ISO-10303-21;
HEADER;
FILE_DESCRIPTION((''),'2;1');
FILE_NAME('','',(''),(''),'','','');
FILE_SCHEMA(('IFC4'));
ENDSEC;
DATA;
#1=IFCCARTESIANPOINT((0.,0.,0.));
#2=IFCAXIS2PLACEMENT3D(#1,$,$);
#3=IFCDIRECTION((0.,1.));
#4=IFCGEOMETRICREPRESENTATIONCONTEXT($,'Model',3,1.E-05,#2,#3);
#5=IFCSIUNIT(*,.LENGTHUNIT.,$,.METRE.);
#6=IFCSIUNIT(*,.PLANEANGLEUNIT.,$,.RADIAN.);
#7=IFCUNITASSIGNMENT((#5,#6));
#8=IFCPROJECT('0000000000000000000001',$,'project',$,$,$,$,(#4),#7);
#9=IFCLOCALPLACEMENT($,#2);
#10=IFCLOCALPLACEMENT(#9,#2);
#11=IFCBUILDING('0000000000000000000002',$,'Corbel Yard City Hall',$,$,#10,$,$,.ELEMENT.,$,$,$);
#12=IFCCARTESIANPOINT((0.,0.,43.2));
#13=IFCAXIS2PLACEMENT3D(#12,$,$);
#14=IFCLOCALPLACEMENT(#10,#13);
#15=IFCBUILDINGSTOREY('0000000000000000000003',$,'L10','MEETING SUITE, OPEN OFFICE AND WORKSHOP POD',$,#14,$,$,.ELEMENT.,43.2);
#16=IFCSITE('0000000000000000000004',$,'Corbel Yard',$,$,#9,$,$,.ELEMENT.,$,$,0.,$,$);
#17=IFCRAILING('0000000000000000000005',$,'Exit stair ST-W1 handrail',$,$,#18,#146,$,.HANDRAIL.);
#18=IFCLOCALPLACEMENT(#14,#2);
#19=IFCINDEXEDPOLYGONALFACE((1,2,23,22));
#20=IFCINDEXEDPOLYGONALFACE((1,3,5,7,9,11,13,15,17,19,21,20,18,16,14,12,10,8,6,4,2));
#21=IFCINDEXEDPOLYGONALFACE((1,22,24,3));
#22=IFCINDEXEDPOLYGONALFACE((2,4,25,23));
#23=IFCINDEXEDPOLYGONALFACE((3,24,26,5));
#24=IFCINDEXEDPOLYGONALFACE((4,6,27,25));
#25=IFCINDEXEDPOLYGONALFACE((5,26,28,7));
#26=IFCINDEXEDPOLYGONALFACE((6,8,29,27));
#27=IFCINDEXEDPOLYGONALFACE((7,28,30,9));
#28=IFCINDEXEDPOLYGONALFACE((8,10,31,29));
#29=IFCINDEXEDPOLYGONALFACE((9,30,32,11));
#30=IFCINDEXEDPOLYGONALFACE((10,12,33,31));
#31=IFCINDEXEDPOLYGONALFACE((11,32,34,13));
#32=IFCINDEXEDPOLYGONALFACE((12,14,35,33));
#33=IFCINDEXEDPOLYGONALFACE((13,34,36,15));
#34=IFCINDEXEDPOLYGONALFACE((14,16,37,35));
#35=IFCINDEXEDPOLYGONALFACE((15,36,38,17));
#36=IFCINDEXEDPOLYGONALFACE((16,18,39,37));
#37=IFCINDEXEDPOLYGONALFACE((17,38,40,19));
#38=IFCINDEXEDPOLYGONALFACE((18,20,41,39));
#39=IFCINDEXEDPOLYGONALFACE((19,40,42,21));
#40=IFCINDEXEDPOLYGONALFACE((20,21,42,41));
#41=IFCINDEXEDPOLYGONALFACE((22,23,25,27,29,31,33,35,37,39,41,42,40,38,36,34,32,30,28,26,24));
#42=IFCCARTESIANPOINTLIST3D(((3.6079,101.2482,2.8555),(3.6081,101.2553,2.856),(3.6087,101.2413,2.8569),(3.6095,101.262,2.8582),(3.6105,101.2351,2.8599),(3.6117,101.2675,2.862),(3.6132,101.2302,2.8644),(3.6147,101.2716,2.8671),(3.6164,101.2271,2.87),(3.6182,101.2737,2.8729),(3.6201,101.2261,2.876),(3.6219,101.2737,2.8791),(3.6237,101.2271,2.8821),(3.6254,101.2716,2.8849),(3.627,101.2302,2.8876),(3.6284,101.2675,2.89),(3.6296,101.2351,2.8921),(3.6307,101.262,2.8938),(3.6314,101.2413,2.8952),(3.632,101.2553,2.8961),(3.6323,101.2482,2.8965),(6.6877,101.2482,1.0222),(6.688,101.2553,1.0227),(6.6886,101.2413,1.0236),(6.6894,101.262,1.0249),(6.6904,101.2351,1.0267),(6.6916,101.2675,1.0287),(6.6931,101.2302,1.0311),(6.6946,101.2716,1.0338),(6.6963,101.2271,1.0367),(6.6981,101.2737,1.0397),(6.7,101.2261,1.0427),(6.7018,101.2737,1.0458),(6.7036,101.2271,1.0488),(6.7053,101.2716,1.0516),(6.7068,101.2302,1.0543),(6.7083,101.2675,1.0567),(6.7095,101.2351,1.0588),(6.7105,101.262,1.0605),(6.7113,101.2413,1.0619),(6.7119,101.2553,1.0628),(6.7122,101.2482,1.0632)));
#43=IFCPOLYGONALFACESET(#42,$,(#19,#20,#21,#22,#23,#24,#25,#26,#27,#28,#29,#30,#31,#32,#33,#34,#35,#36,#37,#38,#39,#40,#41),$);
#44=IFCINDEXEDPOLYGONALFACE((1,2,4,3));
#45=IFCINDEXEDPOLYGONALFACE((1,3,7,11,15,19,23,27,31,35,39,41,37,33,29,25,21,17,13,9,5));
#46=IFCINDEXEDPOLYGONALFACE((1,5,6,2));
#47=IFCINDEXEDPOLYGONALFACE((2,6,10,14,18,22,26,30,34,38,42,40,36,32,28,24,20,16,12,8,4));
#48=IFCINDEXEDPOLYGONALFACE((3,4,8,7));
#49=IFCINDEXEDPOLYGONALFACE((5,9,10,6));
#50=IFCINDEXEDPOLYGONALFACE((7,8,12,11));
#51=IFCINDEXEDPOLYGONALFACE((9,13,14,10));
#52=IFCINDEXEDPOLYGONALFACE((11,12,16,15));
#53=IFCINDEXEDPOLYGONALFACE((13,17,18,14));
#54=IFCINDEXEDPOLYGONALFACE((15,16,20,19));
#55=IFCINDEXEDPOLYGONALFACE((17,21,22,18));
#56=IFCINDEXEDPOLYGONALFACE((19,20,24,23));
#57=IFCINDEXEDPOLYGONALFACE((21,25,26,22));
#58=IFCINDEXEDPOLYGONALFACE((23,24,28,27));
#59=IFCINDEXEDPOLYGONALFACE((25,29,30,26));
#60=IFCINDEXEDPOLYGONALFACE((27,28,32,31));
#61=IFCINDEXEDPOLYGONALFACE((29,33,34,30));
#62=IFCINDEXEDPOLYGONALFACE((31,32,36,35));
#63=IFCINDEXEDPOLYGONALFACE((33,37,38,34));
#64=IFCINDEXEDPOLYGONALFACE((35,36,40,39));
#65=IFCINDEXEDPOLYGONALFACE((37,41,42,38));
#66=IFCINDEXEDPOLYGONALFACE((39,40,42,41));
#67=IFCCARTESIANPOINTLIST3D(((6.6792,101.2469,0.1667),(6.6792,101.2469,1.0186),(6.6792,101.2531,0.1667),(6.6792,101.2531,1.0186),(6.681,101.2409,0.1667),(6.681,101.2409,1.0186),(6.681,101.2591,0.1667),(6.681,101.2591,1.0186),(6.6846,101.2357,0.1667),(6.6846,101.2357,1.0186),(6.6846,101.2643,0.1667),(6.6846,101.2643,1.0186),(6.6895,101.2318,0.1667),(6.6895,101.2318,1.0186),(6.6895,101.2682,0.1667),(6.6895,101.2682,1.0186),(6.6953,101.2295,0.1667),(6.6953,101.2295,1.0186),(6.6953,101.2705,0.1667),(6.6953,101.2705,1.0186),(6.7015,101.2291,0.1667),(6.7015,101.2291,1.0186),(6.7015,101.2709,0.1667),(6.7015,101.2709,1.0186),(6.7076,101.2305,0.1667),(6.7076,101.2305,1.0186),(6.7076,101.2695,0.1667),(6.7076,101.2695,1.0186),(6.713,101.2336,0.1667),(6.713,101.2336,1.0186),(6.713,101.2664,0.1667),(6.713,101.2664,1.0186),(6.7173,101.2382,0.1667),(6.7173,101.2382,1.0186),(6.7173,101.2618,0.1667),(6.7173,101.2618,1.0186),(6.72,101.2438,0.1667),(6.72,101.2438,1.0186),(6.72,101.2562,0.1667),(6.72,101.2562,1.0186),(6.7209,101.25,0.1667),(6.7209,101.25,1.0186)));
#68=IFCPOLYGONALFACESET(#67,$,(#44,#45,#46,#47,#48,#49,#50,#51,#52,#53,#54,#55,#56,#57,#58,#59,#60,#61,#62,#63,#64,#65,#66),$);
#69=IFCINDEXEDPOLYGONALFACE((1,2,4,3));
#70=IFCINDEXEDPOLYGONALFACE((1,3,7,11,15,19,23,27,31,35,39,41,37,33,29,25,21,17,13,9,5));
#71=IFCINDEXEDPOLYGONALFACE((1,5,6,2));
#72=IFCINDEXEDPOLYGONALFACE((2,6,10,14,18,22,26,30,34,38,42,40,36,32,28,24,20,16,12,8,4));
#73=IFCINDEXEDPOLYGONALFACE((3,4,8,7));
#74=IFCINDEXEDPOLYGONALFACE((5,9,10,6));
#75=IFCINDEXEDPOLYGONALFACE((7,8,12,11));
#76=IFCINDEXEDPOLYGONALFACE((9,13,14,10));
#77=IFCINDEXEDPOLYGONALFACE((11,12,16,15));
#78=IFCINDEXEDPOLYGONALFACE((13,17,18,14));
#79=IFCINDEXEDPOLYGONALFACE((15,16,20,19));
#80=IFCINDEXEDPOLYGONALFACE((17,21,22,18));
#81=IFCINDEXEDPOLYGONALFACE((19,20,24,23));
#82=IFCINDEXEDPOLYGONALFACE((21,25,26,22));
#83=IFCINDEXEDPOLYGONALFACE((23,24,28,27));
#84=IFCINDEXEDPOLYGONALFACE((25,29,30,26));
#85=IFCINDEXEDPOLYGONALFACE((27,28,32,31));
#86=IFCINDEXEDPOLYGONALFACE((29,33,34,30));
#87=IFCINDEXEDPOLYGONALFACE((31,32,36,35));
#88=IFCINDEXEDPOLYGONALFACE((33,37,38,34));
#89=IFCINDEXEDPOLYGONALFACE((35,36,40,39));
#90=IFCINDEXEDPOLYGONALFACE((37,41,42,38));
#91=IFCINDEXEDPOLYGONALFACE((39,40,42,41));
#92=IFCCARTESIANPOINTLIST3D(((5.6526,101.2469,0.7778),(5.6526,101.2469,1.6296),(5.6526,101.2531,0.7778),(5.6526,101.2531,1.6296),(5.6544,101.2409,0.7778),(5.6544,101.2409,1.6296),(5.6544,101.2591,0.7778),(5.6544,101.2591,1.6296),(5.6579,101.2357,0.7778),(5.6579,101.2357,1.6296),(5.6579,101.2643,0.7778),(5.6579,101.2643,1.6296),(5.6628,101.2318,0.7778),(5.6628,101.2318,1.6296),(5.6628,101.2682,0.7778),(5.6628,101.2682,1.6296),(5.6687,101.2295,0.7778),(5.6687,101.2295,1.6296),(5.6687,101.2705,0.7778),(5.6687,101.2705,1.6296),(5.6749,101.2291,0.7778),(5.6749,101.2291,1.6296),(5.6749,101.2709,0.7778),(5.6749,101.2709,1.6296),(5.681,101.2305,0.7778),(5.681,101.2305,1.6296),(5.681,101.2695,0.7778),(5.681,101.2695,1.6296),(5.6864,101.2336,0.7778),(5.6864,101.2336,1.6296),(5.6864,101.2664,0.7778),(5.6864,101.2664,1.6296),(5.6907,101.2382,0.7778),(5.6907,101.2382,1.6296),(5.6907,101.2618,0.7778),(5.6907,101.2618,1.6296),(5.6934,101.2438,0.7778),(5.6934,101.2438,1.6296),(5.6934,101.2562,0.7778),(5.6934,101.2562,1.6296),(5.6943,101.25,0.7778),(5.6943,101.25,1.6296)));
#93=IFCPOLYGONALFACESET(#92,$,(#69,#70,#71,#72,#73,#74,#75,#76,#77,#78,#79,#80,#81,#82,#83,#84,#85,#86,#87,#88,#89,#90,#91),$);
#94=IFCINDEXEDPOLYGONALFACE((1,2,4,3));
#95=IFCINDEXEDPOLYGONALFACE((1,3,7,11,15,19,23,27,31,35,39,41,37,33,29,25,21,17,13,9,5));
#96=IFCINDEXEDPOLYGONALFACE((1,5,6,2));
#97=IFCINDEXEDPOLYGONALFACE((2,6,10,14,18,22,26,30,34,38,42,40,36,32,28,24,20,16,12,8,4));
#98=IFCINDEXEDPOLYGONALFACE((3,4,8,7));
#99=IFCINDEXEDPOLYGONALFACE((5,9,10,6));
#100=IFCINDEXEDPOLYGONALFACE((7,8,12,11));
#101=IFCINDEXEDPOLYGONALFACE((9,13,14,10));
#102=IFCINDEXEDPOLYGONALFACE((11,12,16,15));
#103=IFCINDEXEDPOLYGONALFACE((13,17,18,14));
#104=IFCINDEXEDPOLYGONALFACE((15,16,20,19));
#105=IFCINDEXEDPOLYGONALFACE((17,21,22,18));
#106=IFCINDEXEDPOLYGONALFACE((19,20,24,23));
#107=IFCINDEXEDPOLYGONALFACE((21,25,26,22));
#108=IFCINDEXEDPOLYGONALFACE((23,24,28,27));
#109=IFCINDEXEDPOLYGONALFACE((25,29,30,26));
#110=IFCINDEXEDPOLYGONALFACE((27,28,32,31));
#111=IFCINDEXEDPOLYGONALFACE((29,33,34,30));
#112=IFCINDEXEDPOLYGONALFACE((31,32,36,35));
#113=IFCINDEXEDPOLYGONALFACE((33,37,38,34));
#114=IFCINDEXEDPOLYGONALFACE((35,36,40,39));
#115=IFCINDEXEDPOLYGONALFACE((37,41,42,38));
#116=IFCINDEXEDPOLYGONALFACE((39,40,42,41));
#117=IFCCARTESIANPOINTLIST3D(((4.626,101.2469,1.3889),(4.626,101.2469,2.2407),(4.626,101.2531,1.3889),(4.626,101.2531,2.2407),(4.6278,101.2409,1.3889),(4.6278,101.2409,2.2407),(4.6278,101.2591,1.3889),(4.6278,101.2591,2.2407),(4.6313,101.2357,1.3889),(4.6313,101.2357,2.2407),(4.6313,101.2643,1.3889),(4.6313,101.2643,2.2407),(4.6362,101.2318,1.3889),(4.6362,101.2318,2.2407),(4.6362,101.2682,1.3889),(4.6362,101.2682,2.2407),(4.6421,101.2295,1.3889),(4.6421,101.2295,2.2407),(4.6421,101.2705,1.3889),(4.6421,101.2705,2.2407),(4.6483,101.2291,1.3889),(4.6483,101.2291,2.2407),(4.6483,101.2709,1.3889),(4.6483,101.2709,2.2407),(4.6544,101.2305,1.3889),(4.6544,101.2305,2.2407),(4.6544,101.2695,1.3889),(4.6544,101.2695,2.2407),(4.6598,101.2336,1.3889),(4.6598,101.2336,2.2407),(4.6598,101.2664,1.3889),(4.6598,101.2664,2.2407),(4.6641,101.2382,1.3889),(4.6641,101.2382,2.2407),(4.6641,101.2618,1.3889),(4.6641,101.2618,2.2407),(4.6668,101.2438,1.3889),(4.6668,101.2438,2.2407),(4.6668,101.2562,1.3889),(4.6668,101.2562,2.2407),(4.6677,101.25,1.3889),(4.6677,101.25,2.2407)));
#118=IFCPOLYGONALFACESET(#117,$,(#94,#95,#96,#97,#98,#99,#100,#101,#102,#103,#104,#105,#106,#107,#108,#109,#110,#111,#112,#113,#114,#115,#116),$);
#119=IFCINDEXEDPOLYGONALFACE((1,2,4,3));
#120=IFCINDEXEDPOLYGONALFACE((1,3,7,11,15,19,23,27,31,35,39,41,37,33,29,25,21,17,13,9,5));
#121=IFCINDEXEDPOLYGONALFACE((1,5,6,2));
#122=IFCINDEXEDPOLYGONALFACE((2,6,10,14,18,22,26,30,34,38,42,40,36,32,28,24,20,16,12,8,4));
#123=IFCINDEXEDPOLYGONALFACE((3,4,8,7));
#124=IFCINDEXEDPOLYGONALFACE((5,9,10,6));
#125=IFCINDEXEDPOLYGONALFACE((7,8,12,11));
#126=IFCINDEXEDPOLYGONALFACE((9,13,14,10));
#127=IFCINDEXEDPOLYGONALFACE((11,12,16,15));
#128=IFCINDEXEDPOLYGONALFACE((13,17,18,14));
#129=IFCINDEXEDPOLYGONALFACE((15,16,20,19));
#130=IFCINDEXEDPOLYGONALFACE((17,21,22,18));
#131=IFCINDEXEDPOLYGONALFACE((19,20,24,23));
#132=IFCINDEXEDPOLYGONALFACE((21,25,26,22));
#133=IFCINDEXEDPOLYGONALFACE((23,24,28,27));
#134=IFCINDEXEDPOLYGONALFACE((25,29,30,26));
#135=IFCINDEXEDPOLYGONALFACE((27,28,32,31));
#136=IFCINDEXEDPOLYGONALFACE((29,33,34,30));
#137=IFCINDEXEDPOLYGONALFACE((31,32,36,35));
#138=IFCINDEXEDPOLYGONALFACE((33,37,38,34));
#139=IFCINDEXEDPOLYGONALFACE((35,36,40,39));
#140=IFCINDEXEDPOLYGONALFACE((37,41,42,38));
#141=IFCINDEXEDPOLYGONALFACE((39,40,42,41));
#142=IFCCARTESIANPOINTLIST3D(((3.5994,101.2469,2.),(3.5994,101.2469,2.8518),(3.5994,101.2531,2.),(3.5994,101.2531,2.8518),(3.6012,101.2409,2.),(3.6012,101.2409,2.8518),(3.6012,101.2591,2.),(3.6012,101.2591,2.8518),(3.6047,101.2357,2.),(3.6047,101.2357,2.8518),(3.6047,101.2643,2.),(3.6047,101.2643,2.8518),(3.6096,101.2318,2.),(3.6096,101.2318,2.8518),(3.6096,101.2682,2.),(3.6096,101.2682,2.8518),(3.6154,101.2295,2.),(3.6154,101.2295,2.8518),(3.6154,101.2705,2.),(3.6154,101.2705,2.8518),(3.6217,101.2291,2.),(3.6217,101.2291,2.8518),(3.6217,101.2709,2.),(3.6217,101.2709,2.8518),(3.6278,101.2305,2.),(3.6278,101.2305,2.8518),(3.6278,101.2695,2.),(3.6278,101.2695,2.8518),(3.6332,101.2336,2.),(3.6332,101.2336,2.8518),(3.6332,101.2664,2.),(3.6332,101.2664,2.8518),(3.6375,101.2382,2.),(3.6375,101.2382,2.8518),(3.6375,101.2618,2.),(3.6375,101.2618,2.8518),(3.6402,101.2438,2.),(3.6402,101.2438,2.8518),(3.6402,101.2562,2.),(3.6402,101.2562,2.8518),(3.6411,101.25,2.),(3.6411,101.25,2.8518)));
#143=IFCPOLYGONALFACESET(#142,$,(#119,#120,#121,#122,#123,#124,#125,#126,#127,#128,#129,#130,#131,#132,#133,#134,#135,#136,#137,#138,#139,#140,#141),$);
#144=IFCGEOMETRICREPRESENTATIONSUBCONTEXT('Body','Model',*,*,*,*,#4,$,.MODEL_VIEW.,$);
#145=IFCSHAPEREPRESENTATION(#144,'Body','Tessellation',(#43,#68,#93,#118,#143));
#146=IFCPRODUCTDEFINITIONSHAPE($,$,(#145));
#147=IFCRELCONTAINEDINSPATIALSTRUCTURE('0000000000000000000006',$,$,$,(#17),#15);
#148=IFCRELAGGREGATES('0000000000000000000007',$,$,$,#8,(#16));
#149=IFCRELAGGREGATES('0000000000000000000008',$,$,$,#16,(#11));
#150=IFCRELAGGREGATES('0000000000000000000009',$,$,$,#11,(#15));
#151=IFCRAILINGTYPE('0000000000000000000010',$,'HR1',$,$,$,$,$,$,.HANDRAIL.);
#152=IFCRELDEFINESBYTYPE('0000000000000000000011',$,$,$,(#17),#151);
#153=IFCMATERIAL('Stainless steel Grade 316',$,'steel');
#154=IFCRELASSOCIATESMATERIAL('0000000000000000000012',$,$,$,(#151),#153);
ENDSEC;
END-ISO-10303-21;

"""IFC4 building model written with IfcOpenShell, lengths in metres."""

from ifc_helpers import new_model, si_unit, direction, frame, origin, origin_2d, place, context, subcontext, project, spatial, circle, extrude, material, type_object, element, save


model = new_model("IFC4")

# Units and contexts
model_context = context("Model", 3, precision=1e-05, world=origin(), true_north=direction((0.0, 1.0)))
body_context = subcontext(model_context, "Body", "Model", "MODEL_VIEW")
ifc_project = project(units=[si_unit("LENGTHUNIT", "METRE"), si_unit("PLANEANGLEUNIT", "RADIAN")], contexts=[model_context])

# Site, building, storey
site_placement = place(None, origin())
site = spatial("IfcSite", under=ifc_project, at=site_placement, Name="Corbel Yard", CompositionType="ELEMENT", RefElevation=0.0)
building_placement = place(site_placement, origin())
building = spatial("IfcBuilding", under=site, at=building_placement, Name="Corbel Yard City Hall", CompositionType="ELEMENT")
storey_placement = place(building_placement, frame((0.0, 0.0, 43.2)))
storey = spatial("IfcBuildingStorey", under=building, at=storey_placement, Name="L10", Description="MEETING SUITE, OPEN OFFICE AND WORKSHOP POD", CompositionType="ELEMENT", Elevation=43.2)

# Railing
ifc_material_1 = material(Name="Stainless steel Grade 316", Category="steel")
railing_type = type_object("IfcRailingType", Name="HR1", PredefinedType="HANDRAIL", material=ifc_material_1)
for number, where, name in (
    (1, (6.7, 101.25, 0.1667), "Exit stair ST-W1 handrail"),
):
    element("IfcRailing", number, at=place(storey_placement, frame(where)), inside=storey, type_object=railing_type, Name=name, PredefinedType="HANDRAIL", context=body_context, shape_type="SweptSolid", body=[
        extrude(circle(Radius=0.0239, at=origin_2d()), frame((0.0, 0.0, 0.876), z_axis=(-0.859291, 0.0, 0.511487), x_axis=(0.0, -1.0, 0.0)), (0.0, 0.0, 1.0), 3.5842),
        extrude(circle(Radius=0.021, at=origin_2d()), origin(), (0.0, 0.0, 1.0), 0.8518),
        extrude(circle(Radius=0.021, at=origin_2d()), frame((-1.0266, 0.0, 0.6111)), (0.0, 0.0, 1.0), 0.8518),
        extrude(circle(Radius=0.021, at=origin_2d()), frame((-2.0532, 0.0, 1.2222)), (0.0, 0.0, 1.0), 0.8518),
        extrude(circle(Radius=0.021, at=origin_2d()), frame((-3.0798, 0.0, 1.8333)), (0.0, 0.0, 1.0), 0.8518),
    ])

save(model, "model.ifc")
